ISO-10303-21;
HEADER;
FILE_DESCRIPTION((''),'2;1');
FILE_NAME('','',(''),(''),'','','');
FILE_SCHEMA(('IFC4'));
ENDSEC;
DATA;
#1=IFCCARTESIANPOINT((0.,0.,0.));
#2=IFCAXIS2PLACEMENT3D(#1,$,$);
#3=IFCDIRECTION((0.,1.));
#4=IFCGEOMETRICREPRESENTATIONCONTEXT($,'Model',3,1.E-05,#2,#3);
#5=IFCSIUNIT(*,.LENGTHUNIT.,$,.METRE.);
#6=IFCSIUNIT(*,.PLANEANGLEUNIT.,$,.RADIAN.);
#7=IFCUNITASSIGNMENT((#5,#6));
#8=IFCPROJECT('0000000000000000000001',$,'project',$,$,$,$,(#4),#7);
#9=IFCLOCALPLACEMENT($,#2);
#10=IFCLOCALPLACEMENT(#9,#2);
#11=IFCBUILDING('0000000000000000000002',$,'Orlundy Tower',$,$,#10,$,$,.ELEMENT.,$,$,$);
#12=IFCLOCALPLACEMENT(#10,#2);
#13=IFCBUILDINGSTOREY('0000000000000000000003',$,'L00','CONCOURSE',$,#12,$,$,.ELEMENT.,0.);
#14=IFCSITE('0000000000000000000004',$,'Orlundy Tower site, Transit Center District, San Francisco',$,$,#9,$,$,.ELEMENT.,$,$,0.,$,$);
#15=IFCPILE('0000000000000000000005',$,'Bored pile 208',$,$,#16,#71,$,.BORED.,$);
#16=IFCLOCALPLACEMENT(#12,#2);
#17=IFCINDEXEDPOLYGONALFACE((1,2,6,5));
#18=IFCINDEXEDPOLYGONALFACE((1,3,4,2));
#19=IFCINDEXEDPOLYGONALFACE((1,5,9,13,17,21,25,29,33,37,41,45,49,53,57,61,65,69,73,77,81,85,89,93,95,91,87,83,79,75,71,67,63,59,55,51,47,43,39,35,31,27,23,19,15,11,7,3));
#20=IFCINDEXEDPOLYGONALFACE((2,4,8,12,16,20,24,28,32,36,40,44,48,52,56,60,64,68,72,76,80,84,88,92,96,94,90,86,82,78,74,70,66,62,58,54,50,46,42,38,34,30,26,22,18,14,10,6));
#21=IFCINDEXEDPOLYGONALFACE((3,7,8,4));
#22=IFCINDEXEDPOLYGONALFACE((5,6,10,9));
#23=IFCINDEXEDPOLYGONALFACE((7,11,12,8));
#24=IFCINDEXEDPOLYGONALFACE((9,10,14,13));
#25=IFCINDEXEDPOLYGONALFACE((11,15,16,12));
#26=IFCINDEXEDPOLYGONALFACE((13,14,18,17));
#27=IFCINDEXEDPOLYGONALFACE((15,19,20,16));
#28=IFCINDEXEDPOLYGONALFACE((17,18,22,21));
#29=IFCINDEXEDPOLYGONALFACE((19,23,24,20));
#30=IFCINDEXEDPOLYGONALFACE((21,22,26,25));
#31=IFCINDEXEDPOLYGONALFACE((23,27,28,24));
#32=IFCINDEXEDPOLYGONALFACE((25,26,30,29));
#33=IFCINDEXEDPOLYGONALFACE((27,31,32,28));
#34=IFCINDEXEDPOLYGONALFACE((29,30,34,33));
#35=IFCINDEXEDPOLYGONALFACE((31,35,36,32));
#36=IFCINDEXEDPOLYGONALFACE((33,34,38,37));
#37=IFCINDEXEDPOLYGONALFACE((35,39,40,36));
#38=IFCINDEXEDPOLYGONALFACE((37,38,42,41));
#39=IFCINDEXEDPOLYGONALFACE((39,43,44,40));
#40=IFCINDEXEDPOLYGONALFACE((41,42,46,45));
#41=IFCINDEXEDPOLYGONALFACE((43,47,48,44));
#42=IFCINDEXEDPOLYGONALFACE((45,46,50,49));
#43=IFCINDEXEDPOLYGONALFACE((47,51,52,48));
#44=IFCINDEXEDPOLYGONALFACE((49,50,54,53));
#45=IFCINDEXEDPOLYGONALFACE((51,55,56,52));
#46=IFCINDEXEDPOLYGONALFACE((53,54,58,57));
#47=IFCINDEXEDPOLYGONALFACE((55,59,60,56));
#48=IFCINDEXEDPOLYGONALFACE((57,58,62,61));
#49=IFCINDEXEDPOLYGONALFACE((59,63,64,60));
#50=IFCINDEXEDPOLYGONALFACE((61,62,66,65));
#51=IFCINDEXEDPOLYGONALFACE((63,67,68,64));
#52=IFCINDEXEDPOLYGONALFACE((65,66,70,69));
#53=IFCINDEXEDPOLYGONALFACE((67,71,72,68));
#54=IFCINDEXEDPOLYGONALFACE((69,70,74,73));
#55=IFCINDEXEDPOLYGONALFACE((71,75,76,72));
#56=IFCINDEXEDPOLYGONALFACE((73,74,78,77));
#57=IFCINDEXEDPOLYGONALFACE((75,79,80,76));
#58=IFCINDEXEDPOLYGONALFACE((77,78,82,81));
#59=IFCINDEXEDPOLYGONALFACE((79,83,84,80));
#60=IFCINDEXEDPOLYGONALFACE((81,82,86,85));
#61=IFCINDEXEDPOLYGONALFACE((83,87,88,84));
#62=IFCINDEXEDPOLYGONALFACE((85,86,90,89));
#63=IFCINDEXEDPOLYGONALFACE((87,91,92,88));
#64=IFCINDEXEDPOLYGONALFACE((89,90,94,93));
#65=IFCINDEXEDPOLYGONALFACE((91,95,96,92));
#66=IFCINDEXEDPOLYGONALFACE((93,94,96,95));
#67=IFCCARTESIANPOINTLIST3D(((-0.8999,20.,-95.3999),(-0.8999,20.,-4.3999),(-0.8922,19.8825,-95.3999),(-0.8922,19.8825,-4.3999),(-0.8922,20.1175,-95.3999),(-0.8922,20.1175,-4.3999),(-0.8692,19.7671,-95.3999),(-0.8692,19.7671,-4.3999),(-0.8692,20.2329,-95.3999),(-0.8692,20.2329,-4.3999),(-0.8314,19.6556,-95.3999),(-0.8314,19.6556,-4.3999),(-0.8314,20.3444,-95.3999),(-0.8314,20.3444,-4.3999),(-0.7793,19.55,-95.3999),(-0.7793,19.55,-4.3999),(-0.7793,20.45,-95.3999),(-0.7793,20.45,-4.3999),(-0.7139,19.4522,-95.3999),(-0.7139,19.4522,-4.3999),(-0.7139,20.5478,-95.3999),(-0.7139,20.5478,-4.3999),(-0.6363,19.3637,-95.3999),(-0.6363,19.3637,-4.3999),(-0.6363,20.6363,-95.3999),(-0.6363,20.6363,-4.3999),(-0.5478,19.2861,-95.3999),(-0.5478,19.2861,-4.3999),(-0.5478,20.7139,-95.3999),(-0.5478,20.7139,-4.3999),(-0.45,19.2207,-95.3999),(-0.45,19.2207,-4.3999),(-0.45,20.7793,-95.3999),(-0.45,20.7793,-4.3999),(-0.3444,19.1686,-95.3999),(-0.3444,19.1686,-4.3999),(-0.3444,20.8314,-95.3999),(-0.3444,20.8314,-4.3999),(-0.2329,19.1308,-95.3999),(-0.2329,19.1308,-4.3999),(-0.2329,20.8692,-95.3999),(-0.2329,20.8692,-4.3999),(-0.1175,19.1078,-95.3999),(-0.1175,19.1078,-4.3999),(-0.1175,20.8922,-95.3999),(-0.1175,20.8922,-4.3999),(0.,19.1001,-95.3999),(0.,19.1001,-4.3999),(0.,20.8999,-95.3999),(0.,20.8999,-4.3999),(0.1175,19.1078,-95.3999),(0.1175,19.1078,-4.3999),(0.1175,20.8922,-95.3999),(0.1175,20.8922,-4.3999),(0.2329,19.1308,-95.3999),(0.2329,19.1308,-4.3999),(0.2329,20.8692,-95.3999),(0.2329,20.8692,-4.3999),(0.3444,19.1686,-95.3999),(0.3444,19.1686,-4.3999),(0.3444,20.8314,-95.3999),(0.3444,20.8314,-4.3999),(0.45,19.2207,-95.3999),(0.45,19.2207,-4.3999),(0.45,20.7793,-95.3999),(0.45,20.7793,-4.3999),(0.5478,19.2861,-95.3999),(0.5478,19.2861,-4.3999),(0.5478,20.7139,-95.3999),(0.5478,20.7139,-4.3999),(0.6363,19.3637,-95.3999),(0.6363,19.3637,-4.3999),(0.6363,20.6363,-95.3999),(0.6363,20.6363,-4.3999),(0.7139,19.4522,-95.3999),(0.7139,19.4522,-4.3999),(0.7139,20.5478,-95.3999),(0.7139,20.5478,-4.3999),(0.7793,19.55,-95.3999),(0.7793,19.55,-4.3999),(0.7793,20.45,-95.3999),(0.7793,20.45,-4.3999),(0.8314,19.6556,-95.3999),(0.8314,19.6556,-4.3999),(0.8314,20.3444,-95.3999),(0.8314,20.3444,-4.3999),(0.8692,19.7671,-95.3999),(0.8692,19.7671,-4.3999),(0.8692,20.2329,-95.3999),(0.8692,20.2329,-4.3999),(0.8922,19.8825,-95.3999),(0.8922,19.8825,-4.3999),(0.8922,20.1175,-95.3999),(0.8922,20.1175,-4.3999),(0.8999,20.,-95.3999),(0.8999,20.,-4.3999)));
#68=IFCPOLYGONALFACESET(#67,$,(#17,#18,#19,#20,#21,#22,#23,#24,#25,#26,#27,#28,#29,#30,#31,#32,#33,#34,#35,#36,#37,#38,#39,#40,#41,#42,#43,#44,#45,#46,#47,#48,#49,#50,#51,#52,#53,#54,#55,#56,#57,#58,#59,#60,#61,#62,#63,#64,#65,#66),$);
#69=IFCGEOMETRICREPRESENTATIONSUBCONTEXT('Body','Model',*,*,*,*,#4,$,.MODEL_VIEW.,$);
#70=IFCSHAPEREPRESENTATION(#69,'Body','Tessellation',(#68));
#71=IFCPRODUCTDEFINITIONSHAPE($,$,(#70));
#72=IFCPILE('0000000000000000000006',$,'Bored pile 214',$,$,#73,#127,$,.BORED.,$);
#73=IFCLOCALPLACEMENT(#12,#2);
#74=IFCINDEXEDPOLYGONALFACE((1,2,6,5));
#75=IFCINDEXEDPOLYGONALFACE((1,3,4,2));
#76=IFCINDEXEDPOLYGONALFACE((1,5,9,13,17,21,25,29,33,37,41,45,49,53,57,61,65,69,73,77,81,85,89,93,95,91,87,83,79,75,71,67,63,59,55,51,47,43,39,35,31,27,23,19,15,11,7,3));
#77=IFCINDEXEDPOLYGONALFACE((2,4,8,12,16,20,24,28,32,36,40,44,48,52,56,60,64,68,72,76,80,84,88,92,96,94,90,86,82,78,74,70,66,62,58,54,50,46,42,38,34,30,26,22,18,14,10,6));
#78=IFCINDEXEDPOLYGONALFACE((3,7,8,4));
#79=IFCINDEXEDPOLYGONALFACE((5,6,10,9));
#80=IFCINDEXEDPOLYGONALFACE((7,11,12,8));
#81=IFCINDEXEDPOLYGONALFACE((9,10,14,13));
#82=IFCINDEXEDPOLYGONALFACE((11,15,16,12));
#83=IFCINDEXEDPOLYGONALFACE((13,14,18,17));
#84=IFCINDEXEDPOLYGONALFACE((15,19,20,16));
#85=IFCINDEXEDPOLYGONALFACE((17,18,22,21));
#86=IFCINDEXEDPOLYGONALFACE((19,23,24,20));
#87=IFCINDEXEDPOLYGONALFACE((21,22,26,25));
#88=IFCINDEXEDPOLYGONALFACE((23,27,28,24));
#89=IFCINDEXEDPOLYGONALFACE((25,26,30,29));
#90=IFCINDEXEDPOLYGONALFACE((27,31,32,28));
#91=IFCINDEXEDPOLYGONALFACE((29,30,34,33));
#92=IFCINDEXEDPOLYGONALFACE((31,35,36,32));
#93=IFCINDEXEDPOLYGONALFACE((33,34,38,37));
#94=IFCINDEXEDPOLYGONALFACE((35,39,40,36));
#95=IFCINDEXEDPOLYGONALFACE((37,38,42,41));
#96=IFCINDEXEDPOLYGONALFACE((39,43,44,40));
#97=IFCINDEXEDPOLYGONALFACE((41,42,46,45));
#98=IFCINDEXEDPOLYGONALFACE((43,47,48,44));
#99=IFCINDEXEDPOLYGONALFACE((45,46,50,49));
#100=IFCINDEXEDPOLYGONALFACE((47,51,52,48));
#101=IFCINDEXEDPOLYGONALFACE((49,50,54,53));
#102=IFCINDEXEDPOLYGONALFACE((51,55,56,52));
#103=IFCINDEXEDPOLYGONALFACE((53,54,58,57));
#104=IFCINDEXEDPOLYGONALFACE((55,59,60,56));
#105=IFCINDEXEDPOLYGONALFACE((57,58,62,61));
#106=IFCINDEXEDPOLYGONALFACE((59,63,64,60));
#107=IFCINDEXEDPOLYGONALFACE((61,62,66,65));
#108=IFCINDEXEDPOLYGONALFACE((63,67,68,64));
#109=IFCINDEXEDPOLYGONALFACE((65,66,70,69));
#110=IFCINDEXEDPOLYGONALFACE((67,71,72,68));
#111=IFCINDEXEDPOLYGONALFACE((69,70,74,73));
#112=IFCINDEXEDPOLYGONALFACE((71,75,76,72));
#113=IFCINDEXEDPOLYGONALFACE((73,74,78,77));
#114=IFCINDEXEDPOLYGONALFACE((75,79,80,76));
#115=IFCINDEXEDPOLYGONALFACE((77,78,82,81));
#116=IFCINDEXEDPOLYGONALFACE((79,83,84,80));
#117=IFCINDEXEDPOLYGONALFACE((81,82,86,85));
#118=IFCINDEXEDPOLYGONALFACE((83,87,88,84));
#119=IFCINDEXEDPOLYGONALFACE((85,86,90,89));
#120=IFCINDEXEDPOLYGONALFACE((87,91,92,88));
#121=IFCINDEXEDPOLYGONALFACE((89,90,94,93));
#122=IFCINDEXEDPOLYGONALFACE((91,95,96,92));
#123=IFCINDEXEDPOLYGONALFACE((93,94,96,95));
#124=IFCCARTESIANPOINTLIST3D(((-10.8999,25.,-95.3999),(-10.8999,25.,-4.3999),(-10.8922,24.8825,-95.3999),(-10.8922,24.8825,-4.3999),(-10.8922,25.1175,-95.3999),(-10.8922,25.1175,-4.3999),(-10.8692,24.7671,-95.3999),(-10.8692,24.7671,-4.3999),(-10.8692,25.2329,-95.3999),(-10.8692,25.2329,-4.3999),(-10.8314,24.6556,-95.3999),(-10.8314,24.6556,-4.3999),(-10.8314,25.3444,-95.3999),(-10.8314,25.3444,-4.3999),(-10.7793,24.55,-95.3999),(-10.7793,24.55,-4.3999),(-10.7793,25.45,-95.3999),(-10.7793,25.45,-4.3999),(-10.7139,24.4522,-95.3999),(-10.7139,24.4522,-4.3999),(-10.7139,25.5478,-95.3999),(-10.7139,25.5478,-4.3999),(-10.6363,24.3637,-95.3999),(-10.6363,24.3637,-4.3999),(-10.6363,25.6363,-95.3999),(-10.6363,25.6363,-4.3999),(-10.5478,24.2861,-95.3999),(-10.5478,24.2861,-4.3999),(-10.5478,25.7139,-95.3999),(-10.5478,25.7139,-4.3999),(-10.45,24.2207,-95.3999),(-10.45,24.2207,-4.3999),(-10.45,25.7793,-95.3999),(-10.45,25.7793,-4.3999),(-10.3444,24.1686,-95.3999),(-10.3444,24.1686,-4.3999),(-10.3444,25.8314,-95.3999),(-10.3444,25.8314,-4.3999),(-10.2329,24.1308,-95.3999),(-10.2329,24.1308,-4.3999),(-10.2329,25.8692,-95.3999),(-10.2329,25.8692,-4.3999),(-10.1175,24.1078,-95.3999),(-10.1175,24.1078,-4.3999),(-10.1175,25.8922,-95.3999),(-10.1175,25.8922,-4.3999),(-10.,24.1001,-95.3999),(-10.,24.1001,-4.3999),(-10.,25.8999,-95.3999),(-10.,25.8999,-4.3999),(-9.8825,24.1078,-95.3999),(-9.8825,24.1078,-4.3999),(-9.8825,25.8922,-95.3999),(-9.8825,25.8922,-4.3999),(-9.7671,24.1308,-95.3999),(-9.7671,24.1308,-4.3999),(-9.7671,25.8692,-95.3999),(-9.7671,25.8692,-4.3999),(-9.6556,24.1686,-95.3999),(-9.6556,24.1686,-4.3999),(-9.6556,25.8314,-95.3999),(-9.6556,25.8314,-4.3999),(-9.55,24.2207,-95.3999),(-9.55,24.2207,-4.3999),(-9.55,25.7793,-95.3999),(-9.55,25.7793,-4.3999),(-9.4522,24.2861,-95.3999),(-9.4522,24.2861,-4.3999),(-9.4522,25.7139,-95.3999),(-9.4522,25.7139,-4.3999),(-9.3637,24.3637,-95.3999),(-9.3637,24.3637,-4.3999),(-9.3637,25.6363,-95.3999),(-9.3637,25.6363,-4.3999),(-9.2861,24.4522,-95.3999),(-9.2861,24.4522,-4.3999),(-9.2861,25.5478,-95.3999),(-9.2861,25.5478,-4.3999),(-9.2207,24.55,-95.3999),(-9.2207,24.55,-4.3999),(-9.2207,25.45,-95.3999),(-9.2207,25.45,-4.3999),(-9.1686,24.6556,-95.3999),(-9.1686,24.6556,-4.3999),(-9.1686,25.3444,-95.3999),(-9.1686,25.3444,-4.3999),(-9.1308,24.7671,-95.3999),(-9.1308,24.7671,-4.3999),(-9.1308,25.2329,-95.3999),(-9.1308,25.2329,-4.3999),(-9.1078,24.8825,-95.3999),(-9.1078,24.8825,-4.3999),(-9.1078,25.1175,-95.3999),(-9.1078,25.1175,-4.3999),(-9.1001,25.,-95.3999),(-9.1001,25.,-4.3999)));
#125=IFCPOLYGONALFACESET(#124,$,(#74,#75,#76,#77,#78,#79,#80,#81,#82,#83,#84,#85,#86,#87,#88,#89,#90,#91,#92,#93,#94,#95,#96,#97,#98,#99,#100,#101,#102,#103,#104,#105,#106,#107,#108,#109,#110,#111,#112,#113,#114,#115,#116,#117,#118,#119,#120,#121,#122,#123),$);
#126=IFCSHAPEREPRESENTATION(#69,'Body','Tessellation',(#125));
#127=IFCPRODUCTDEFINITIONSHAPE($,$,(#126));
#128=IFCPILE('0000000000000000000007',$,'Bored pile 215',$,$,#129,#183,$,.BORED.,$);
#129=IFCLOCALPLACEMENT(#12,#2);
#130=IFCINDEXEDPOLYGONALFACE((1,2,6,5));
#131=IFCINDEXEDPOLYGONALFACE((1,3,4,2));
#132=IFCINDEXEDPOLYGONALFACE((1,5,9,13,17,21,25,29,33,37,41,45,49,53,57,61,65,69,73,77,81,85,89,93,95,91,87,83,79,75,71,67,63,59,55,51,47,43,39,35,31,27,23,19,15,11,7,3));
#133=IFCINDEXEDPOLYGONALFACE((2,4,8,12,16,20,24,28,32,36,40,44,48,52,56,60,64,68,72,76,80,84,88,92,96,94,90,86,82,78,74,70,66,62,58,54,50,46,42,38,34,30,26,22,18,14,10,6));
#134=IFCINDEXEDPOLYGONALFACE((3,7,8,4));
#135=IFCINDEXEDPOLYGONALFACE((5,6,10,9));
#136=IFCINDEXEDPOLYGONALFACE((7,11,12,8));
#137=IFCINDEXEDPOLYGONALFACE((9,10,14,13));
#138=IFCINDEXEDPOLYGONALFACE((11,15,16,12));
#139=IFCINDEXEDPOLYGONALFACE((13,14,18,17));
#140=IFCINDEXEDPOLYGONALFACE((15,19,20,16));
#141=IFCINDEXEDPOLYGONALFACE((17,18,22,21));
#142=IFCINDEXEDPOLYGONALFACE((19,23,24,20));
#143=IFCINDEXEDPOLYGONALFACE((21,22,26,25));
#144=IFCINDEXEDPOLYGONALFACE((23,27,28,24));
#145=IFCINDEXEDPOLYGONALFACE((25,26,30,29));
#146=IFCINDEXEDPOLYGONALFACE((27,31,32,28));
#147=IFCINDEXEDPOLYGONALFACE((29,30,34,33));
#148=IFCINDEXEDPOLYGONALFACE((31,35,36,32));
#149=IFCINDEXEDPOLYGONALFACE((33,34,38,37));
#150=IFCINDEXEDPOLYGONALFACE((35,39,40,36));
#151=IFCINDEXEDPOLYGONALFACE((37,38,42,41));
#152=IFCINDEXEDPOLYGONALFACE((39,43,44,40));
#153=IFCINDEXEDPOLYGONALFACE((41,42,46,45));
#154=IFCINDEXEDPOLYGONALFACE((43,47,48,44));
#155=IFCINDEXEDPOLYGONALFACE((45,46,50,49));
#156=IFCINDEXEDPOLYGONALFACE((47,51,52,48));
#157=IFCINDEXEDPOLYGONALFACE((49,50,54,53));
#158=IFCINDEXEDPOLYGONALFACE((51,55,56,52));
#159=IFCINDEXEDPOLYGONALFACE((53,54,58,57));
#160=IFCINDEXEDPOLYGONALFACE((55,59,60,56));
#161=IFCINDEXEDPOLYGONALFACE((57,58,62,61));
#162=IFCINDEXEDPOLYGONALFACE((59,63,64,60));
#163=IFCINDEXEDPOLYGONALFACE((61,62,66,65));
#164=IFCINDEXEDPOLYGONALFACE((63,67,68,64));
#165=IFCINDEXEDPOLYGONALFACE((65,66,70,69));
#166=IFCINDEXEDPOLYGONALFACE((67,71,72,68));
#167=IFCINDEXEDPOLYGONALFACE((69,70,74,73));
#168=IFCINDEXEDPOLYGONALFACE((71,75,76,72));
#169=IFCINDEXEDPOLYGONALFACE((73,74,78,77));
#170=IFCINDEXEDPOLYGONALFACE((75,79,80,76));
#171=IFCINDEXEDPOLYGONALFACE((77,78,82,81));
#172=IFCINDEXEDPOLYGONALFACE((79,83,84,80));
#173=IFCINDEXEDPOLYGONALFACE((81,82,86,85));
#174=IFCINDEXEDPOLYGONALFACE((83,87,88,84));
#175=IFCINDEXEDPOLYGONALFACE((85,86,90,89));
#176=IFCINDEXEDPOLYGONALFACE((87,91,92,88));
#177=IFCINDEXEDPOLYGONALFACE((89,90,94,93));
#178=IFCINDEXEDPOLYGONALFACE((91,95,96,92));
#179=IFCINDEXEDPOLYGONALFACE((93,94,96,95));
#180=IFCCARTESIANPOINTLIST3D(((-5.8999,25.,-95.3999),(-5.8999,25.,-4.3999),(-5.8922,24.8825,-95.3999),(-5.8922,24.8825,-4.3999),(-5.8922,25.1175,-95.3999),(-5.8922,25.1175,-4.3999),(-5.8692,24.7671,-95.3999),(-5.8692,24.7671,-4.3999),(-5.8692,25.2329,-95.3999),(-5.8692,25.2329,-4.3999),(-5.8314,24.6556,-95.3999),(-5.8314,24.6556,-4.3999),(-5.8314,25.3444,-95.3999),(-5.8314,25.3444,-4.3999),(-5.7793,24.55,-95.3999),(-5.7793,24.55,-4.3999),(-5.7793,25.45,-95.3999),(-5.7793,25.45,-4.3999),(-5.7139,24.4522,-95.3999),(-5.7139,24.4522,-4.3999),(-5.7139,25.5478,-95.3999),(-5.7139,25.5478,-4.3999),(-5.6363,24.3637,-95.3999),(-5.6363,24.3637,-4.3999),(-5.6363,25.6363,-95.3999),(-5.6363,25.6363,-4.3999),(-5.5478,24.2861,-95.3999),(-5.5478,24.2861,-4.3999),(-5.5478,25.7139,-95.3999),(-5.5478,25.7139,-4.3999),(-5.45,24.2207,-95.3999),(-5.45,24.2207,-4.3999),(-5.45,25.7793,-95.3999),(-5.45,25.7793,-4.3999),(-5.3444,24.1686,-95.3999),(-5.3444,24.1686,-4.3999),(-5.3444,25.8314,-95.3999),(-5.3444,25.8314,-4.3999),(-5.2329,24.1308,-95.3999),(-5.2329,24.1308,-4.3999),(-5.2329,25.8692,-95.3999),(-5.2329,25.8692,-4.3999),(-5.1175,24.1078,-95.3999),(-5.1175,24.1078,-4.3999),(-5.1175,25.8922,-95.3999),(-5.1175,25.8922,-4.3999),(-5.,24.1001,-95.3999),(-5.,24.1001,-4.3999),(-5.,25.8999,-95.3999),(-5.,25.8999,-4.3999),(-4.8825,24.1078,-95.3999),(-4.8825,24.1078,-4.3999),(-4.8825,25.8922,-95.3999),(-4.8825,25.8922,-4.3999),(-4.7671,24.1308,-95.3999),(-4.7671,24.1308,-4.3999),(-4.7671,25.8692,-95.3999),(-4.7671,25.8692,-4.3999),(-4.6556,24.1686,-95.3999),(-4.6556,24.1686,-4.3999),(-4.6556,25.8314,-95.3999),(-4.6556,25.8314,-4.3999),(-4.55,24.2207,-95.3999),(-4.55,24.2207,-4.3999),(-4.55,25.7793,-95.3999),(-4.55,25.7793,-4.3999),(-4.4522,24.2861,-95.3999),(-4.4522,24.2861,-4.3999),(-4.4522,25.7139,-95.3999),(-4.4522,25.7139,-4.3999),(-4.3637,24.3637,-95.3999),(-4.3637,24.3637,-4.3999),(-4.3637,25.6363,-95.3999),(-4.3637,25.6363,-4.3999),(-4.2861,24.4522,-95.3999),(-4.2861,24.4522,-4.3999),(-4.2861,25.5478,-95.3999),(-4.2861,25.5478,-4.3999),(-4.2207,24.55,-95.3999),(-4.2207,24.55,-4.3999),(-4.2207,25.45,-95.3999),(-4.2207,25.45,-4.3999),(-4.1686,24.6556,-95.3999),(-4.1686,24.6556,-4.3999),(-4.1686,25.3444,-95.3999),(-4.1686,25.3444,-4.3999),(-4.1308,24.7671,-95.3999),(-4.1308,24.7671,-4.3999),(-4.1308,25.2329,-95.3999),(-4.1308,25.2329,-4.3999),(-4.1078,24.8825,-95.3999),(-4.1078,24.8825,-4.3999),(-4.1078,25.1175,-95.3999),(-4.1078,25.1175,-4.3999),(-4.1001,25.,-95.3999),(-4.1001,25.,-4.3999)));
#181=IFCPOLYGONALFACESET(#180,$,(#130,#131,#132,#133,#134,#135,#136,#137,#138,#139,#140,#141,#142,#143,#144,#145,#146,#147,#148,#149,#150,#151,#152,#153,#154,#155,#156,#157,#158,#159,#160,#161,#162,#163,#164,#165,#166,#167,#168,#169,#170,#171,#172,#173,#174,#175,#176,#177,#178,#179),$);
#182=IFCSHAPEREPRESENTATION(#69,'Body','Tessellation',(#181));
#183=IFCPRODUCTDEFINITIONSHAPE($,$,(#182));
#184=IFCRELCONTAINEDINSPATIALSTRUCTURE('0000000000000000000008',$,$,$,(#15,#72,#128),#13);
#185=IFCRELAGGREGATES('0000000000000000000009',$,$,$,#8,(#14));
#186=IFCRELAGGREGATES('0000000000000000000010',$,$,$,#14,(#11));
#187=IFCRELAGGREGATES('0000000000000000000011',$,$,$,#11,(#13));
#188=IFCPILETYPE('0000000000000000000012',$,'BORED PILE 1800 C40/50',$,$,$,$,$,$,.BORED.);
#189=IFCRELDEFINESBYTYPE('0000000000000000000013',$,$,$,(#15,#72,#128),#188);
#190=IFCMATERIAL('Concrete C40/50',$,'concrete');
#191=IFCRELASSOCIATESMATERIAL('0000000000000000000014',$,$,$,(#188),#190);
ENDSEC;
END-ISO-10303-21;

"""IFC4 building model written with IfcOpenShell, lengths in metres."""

from ifc_helpers import new_model, si_unit, direction, frame, origin, origin_2d, place, context, subcontext, project, spatial, circle, extrude, material, material_profile, profile_set, type_object, element, save


model = new_model("IFC4")

# Units and contexts
model_context = context("Model", 3, precision=1e-05, world=origin(), true_north=direction((0.0, 1.0)))
body_context = subcontext(model_context, "Body", "Model", "MODEL_VIEW")
ifc_project = project(units=[si_unit("LENGTHUNIT", "METRE"), si_unit("PLANEANGLEUNIT", "RADIAN")], contexts=[model_context])

# Site, building, storey
site_placement = place(None, origin())
site = spatial("IfcSite", under=ifc_project, at=site_placement, Name="Orlundy Tower site, Transit Center District, San Francisco", CompositionType="ELEMENT", RefElevation=0.0)
building_placement = place(site_placement, origin())
building = spatial("IfcBuilding", under=site, at=building_placement, Name="Orlundy Tower", CompositionType="ELEMENT")
storey_placement = place(building_placement, origin())
storey = spatial("IfcBuildingStorey", under=building, at=storey_placement, Name="L00", Description="CONCOURSE", CompositionType="ELEMENT", Elevation=0.0)

# Piles
ifc_material_1 = material(Name="Concrete C40/50", Category="concrete")
ifc_material_profile_1 = material_profile(ifc_material_1, circle(Radius=0.8999, at=origin_2d()), Name="BP1800")
ifc_profile_set_1 = profile_set([ifc_material_profile_1], Name="Concrete C40/50")
pile_type = type_object("IfcPileType", Name="BORED PILE 1800 C40/50", PredefinedType="BORED", material=ifc_profile_set_1)
for number, where, z_axis, x_axis, name in (
    (1, (0.0, 20.0, -4.3999), (0.0, 0.0, -1.0), (1.0, 0.0, 0.0), "Bored pile 208"),
    (2, (-10.0, 25.0, -4.3999), (0.0, 0.0, -1.0), (1.0, 0.0, 0.0), "Bored pile 214"),
    (3, (-5.0, 25.0, -4.3999), (0.0, 0.0, -1.0), (1.0, 0.0, 0.0), "Bored pile 215"),
):
    element("IfcPile", number, at=place(storey_placement, frame(where, z_axis=z_axis, x_axis=x_axis)), inside=storey, type_object=pile_type, Name=name, PredefinedType="BORED", context=body_context, shape_type="SweptSolid", body=[
        extrude(circle(Radius=0.8999, at=origin_2d()), origin(), (0.0, 0.0, 1.0), 91.0),
    ])

save(model, "model.ifc")
